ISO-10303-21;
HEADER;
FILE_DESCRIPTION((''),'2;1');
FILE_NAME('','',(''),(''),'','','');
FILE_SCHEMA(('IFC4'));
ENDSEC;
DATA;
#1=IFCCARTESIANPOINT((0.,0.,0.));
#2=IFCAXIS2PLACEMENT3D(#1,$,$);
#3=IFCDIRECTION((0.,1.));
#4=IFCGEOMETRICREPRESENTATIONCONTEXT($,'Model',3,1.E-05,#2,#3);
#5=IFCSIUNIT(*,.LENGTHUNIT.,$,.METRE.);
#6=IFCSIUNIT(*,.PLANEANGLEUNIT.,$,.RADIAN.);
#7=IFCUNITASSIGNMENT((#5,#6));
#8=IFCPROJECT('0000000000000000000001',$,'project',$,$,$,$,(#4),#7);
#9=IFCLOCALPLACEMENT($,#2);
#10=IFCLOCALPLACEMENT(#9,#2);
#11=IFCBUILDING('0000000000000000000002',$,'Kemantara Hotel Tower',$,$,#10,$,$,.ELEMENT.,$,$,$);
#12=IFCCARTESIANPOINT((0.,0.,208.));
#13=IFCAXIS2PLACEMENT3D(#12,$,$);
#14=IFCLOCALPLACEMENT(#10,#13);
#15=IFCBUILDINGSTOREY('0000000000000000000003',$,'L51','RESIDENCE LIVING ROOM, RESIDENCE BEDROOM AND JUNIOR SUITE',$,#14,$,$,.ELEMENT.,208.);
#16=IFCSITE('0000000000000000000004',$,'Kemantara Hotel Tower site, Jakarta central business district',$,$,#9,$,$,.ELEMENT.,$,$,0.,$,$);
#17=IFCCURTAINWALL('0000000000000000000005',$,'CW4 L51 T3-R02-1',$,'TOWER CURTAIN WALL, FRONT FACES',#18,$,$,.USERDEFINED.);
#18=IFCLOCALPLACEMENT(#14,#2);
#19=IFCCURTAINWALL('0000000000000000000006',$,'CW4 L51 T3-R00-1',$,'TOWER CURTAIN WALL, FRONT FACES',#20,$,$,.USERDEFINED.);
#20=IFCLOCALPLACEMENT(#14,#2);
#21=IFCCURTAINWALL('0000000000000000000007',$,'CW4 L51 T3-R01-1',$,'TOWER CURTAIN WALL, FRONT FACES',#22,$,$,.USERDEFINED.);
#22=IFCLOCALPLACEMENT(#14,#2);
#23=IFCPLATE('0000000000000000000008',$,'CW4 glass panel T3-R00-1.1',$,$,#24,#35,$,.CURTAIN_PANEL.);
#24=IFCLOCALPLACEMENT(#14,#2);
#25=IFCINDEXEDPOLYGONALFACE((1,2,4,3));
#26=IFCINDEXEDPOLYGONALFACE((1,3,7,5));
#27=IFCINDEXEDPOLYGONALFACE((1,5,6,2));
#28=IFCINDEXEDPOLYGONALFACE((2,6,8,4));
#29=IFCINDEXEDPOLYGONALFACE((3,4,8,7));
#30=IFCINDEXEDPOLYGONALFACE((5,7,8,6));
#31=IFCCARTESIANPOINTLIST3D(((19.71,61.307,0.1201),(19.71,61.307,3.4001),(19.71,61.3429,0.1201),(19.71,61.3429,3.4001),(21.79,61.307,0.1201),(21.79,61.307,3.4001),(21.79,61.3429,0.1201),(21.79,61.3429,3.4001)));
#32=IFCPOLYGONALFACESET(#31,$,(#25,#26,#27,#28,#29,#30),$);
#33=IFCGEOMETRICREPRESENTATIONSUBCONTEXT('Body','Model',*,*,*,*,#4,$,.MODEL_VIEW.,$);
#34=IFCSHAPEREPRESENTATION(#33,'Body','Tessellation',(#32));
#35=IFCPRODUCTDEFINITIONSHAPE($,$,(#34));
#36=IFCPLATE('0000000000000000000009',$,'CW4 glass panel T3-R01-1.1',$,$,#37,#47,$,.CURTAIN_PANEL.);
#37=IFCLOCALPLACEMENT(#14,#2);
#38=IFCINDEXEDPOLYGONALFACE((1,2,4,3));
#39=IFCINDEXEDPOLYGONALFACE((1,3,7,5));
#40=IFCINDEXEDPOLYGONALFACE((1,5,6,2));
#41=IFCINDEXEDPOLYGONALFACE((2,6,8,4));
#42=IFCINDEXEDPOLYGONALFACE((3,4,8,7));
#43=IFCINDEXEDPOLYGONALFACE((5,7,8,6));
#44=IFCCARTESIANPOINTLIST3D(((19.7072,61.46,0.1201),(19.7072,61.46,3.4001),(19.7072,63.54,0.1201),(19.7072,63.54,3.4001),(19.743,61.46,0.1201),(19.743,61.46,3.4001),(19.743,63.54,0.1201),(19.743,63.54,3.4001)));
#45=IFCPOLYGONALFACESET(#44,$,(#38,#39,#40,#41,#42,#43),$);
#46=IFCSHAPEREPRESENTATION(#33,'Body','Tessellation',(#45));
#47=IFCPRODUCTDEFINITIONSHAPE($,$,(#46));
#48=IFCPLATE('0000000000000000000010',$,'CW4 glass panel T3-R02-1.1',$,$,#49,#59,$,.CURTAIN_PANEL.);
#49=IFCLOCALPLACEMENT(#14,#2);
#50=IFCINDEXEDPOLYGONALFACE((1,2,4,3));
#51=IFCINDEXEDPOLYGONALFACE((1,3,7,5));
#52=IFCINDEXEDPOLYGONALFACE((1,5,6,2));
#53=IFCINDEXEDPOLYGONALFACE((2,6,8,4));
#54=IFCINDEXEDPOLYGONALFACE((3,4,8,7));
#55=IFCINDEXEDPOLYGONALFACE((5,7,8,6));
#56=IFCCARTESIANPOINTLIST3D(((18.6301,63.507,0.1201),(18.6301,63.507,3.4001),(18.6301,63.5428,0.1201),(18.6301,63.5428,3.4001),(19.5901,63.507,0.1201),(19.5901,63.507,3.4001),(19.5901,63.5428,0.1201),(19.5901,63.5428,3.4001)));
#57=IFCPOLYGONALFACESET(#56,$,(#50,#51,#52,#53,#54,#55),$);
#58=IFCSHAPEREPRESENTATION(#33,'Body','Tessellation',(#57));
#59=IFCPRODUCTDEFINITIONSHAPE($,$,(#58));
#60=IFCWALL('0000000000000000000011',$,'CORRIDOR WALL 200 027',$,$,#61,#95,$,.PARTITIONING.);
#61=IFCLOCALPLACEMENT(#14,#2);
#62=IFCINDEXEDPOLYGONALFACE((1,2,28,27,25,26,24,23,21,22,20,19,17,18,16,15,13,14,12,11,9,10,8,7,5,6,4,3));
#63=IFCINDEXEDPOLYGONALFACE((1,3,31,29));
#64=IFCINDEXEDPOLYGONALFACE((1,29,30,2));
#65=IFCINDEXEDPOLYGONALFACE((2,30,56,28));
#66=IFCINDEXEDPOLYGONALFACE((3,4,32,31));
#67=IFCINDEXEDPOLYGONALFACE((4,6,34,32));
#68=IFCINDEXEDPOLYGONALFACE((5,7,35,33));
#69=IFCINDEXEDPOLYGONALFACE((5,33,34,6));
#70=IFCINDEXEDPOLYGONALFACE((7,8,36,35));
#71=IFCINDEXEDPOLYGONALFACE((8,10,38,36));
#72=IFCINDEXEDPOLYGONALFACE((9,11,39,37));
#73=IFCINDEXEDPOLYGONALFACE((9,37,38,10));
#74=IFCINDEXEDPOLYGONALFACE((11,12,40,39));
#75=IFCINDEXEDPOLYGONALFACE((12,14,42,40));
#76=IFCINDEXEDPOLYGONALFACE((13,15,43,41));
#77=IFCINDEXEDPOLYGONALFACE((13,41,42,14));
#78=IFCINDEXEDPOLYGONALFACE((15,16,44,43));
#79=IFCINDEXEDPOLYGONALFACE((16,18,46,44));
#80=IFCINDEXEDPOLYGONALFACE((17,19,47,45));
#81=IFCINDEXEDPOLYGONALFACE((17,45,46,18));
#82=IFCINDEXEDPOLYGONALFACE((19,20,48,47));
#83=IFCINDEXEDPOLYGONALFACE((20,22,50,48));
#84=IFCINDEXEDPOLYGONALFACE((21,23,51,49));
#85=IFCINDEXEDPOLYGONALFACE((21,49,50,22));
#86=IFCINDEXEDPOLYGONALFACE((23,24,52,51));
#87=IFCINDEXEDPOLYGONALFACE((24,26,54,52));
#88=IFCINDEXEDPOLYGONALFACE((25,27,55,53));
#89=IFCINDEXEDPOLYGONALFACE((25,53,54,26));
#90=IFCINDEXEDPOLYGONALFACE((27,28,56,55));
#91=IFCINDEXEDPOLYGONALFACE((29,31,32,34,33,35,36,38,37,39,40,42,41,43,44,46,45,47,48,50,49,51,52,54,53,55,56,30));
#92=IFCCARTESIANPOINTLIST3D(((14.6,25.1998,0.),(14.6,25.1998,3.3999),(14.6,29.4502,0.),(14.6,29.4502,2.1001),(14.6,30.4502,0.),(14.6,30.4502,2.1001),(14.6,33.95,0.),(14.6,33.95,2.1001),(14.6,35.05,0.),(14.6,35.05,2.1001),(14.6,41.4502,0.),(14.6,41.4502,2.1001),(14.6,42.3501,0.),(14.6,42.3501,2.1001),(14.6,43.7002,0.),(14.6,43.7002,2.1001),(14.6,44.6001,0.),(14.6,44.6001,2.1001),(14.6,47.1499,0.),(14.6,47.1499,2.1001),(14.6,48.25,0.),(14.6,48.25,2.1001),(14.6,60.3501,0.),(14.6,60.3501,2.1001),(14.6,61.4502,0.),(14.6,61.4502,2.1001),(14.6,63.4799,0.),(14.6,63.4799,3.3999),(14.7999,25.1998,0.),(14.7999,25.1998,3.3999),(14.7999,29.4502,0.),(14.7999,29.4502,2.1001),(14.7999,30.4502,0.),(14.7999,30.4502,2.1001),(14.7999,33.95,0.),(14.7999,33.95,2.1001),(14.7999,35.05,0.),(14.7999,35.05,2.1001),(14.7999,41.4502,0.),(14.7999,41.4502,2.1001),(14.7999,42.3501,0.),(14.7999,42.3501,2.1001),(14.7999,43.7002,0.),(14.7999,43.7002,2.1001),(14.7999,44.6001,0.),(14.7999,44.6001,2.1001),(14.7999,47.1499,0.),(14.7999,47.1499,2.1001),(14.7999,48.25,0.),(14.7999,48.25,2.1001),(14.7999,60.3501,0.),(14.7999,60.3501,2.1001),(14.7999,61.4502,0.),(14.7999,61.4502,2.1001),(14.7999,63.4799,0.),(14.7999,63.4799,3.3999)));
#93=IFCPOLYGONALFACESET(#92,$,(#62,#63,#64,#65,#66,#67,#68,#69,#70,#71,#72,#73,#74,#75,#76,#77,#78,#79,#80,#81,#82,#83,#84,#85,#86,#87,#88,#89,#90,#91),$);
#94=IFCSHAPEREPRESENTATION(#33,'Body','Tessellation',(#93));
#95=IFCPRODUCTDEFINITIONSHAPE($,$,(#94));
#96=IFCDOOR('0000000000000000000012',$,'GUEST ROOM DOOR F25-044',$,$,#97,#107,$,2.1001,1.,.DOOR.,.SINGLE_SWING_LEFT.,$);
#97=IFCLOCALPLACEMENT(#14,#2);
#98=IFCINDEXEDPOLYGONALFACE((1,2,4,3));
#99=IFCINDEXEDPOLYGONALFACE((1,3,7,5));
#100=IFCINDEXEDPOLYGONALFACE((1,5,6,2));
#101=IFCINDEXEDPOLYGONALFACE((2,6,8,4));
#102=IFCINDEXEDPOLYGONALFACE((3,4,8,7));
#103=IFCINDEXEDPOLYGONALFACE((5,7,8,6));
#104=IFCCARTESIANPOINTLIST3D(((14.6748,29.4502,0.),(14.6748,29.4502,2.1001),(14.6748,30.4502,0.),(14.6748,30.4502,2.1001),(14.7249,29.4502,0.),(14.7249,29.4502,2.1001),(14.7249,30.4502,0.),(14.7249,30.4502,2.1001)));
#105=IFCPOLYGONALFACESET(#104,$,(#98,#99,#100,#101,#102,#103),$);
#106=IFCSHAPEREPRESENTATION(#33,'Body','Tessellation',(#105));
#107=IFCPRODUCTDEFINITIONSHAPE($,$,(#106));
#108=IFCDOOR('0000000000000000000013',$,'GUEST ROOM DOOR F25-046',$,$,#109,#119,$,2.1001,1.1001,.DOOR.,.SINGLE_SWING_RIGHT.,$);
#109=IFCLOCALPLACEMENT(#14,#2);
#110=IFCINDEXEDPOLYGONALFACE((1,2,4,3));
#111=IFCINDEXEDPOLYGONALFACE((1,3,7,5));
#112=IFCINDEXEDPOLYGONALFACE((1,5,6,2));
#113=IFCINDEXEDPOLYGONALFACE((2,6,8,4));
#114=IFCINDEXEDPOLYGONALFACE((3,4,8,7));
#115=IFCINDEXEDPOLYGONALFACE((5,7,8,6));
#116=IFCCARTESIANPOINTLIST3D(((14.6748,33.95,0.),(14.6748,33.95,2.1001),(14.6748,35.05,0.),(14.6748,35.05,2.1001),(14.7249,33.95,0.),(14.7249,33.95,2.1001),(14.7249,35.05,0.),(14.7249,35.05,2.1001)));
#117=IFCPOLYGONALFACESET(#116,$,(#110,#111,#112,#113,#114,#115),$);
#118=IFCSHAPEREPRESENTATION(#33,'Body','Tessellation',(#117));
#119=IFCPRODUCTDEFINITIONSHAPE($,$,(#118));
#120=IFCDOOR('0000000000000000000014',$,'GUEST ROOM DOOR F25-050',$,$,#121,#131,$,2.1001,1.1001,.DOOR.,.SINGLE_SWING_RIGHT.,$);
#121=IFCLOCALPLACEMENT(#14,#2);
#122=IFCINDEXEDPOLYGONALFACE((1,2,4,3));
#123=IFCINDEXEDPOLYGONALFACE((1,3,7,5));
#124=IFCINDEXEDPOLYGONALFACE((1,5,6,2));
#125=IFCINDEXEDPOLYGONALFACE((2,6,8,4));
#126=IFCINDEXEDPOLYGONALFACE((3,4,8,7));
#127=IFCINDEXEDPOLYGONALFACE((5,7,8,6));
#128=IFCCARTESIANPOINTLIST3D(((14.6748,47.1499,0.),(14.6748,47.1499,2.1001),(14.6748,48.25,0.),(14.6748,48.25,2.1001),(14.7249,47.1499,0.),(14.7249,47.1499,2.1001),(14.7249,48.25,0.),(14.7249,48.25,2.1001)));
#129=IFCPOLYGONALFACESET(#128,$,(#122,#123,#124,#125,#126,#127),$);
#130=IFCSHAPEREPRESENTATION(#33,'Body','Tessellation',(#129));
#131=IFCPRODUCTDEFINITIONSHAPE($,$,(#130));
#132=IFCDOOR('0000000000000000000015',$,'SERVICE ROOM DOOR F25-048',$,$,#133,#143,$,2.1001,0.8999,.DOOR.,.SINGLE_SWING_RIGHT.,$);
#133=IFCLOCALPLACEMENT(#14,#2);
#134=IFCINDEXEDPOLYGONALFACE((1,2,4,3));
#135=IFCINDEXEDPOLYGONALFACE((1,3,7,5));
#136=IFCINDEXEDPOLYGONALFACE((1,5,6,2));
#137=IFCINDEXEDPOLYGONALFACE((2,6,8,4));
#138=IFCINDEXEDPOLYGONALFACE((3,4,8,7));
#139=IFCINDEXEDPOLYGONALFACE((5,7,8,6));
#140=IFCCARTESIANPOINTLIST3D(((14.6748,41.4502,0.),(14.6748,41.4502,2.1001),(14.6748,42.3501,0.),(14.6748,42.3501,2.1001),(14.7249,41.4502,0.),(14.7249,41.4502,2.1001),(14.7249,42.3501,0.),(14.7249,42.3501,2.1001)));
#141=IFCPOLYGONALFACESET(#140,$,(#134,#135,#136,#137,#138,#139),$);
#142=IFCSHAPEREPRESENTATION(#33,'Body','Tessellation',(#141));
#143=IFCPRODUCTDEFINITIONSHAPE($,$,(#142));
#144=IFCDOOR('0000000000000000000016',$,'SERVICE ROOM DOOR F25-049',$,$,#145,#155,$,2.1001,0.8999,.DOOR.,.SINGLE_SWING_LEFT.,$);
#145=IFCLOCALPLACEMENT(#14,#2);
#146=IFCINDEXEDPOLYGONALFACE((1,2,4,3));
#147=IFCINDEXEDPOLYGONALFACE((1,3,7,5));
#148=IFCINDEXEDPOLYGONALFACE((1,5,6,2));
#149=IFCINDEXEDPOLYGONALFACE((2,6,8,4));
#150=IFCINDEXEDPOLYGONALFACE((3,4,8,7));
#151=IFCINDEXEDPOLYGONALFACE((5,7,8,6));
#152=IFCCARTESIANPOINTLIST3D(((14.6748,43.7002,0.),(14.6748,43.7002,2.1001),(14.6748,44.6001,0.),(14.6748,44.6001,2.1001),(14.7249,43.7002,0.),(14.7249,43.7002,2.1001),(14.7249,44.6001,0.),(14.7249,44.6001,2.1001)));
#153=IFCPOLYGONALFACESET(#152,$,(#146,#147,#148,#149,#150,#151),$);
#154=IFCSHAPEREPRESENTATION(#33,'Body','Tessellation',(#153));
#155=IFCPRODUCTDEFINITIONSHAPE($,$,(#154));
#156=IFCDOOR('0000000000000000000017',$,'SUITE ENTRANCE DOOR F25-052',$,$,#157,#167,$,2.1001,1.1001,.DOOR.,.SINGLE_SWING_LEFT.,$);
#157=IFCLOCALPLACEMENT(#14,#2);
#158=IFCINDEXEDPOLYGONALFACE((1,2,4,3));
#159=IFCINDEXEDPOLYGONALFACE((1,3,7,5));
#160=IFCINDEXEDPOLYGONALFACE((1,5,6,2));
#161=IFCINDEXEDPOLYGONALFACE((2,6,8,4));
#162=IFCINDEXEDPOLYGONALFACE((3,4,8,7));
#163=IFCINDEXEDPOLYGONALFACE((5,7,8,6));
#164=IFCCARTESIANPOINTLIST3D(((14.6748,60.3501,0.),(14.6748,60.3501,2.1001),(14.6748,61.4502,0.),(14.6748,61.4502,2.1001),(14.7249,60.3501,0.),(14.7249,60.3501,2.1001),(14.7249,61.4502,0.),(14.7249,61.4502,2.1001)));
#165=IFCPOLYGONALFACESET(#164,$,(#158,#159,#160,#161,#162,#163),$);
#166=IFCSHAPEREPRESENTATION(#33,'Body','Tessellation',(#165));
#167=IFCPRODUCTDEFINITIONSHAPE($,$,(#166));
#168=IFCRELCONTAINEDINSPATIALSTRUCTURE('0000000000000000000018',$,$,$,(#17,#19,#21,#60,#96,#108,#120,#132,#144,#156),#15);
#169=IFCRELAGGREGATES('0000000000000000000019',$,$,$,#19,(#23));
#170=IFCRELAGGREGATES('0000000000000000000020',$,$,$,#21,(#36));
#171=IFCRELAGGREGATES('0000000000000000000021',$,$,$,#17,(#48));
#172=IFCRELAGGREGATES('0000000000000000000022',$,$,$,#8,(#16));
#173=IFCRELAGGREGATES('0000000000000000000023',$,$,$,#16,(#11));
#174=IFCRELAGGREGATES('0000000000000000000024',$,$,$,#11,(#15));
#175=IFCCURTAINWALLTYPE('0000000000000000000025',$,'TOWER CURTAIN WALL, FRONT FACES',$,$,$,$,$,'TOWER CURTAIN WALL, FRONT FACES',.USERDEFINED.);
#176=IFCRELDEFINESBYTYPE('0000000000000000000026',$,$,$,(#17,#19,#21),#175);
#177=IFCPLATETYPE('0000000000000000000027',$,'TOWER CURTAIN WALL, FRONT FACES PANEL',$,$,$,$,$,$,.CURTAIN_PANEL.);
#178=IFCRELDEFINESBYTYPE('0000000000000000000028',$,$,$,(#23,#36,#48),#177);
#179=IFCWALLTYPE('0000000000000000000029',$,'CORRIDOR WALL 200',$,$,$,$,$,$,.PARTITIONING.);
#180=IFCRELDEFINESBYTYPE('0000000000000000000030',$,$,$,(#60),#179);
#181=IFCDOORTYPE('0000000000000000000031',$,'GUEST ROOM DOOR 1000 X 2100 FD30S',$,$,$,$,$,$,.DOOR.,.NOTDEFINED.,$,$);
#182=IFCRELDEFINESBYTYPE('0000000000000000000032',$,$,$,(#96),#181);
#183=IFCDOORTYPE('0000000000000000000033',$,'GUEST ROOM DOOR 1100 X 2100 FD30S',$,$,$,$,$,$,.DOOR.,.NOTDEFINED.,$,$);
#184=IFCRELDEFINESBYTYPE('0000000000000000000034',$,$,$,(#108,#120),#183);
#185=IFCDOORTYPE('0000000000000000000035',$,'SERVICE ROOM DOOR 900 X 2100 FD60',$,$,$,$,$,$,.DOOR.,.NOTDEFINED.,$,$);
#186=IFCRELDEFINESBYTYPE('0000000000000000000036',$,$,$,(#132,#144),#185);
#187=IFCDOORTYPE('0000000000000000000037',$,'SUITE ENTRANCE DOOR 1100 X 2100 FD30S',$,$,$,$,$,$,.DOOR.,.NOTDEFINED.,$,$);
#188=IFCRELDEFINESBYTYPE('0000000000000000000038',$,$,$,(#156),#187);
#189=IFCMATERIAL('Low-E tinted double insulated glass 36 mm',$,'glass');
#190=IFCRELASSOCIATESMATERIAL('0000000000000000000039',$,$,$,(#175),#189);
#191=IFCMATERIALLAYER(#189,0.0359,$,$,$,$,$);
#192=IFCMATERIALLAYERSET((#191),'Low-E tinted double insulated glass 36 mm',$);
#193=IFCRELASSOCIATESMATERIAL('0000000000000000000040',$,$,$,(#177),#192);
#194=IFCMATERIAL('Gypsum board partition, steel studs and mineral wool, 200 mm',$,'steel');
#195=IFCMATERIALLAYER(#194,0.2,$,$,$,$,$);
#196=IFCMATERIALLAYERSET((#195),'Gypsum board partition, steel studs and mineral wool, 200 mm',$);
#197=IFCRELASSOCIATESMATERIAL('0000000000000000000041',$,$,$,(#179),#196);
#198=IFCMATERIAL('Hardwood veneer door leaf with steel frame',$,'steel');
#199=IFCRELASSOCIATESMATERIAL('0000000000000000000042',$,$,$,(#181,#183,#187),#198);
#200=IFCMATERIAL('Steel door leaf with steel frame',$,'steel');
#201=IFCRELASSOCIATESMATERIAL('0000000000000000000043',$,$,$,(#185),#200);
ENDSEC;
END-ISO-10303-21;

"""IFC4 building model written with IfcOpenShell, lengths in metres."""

from ifc_helpers import new_model, si_unit, direction, frame, frame_2d, origin, origin_2d, place, context, subcontext, project, spatial, rectangle, extrude, source, transform, mapped, material, layer, layer_set, type_object, element, fill, aggregate, save


model = new_model("IFC4")

# Units and contexts
model_context = context("Model", 3, precision=1e-05, world=origin(), true_north=direction((0.0, 1.0)))
body_context = subcontext(model_context, "Body", "Model", "MODEL_VIEW")
ifc_project = project(units=[si_unit("LENGTHUNIT", "METRE"), si_unit("PLANEANGLEUNIT", "RADIAN")], contexts=[model_context])

# Site, building, storey
site_placement = place(None, origin())
site = spatial("IfcSite", under=ifc_project, at=site_placement, Name="Kemantara Hotel Tower site, Jakarta central business district", CompositionType="ELEMENT", RefElevation=0.0)
building_placement = place(site_placement, origin())
building = spatial("IfcBuilding", under=site, at=building_placement, Name="Kemantara Hotel Tower", CompositionType="ELEMENT")
storey_placement = place(building_placement, frame((0.0, 0.0, 208.0)))
storey = spatial("IfcBuildingStorey", under=building, at=storey_placement, Name="L51", Description="RESIDENCE LIVING ROOM, RESIDENCE BEDROOM AND JUNIOR SUITE", CompositionType="ELEMENT", Elevation=208.0)

# Curtain walls
ifc_material_1 = material(Name="Low-E tinted double insulated glass 36 mm", Category="glass")
curtain_wall_type = type_object("IfcCurtainWallType", Name="TOWER CURTAIN WALL, FRONT FACES", ElementType="TOWER CURTAIN WALL, FRONT FACES", PredefinedType="USERDEFINED", material=ifc_material_1)
curtain_wall_1_placement = place(storey_placement, origin())
curtain_wall_1 = element("IfcCurtainWall", 1, at=curtain_wall_1_placement, inside=storey, type_object=curtain_wall_type, Name="CW4 L51 T3-R02-1", ObjectType="TOWER CURTAIN WALL, FRONT FACES", PredefinedType="USERDEFINED")
curtain_wall_2_placement = place(storey_placement, origin())
curtain_wall_2 = element("IfcCurtainWall", 2, at=curtain_wall_2_placement, inside=storey, type_object=curtain_wall_type, Name="CW4 L51 T3-R00-1", ObjectType="TOWER CURTAIN WALL, FRONT FACES", PredefinedType="USERDEFINED")
curtain_wall_3_placement = place(storey_placement, origin())
curtain_wall_3 = element("IfcCurtainWall", 3, at=curtain_wall_3_placement, inside=storey, type_object=curtain_wall_type, Name="CW4 L51 T3-R01-1", ObjectType="TOWER CURTAIN WALL, FRONT FACES", PredefinedType="USERDEFINED")

# Plates
ifc_layer_1 = layer(ifc_material_1, 0.0359)
ifc_layer_set_1 = layer_set([ifc_layer_1], Name="Low-E tinted double insulated glass 36 mm")
plate_type = type_object("IfcPlateType", Name="TOWER CURTAIN WALL, FRONT FACES PANEL", PredefinedType="CURTAIN_PANEL", material=ifc_layer_set_1)
shared_shape_1 = source(origin(), body_context, "Body", "SweptSolid", [
    extrude(rectangle(XDim=2.0801, YDim=0.0359, at=origin_2d()), origin(), (0.0, 0.0, 1.0), 3.28),
])
plate_1_placement = place(storey_placement, frame((20.75, 61.325, 0.1201), z_axis=(0.0, 0.0, 1.0), x_axis=(-1.0, 0.0, 0.0)))
plate_1 = element("IfcPlate", 4, at=plate_1_placement, type_object=plate_type, Name="CW4 glass panel T3-R00-1.1", PredefinedType="CURTAIN_PANEL", context=body_context, shape_type="MappedRepresentation", body=[
    mapped(shared_shape_1, transform((0.0, 0.0, 0.0))),
])
aggregate(curtain_wall_2, [plate_1])
plate_2_placement = place(storey_placement, frame((19.7251, 62.5, 0.1201), z_axis=(0.0, 0.0, 1.0), x_axis=(0.0, 1.0, 0.0)))
plate_2 = element("IfcPlate", 5, at=plate_2_placement, type_object=plate_type, Name="CW4 glass panel T3-R01-1.1", PredefinedType="CURTAIN_PANEL", context=body_context, shape_type="MappedRepresentation", body=[
    mapped(shared_shape_1, transform((0.0, 0.0, 0.0))),
])
aggregate(curtain_wall_3, [plate_2])
shared_shape_2 = source(origin(), body_context, "Body", "SweptSolid", [
    extrude(rectangle(XDim=0.96, YDim=0.0359, at=origin_2d()), origin(), (0.0, 0.0, 1.0), 3.28),
])
plate_3_placement = place(storey_placement, frame((19.1101, 63.5249, 0.1201), z_axis=(0.0, 0.0, 1.0), x_axis=(-1.0, 0.0, 0.0)))
plate_3 = element("IfcPlate", 6, at=plate_3_placement, type_object=plate_type, Name="CW4 glass panel T3-R02-1.1", PredefinedType="CURTAIN_PANEL", context=body_context, shape_type="MappedRepresentation", body=[
    mapped(shared_shape_2, transform((0.0, 0.0, 0.0))),
])
aggregate(curtain_wall_1, [plate_3])

# Wall, openings, doors
ifc_material_2 = material(Name="Gypsum board partition, steel studs and mineral wool, 200 mm", Category="steel")
ifc_layer_2 = layer(ifc_material_2, 0.2)
ifc_layer_set_2 = layer_set([ifc_layer_2], Name="Gypsum board partition, steel studs and mineral wool, 200 mm")
wall_type = type_object("IfcWallType", Name="CORRIDOR WALL 200", PredefinedType="PARTITIONING", material=ifc_layer_set_2)
wall_placement = place(storey_placement, frame((14.7, 63.48, 0.0), z_axis=(0.0, 0.0, 1.0), x_axis=(0.0, -1.0, 0.0)))
wall = element("IfcWall", 7, at=wall_placement, inside=storey, type_object=wall_type, Name="CORRIDOR WALL 200 027", PredefinedType="PARTITIONING", context=body_context, shape_type="SweptSolid", body=[
    extrude(rectangle(XDim=38.28, YDim=0.2, at=frame_2d((19.1401, 0.0))), origin(), (0.0, 0.0, 1.0), 3.3999),
])
opening_1_placement = place(wall_placement, frame((33.0298, 0.0, 0.0)))
opening_1 = element("IfcOpeningElement", 8, at=opening_1_placement, cuts=wall, PredefinedType="OPENING", context=body_context, shape_type="SweptSolid", body=[
    extrude(rectangle(XDim=1.0, YDim=2.1001, at=frame_2d((0.5, 1.05))), frame((0.0, 0.1099, 0.0), z_axis=(0.0, -1.0, 0.0), x_axis=(1.0, 0.0, 0.0)), (0.0, 0.0, 1.0), 0.22),
])
opening_2_placement = place(wall_placement, frame((28.4299, 0.0, 0.0)))
opening_2 = element("IfcOpeningElement", 9, at=opening_2_placement, cuts=wall, PredefinedType="OPENING", context=body_context, shape_type="SweptSolid", body=[
    extrude(rectangle(XDim=1.1001, YDim=2.1001, at=frame_2d((0.55, 1.05))), frame((0.0, 0.1099, 0.0), z_axis=(0.0, -1.0, 0.0), x_axis=(1.0, 0.0, 0.0)), (0.0, 0.0, 1.0), 0.22),
])
opening_3_placement = place(wall_placement, frame((21.1299, 0.0, 0.0)))
opening_3 = element("IfcOpeningElement", 10, at=opening_3_placement, cuts=wall, PredefinedType="OPENING", context=body_context, shape_type="SweptSolid", body=[
    extrude(rectangle(XDim=0.8999, YDim=2.1001, at=frame_2d((0.45, 1.05))), frame((0.0, 0.1099, 0.0), z_axis=(0.0, -1.0, 0.0), x_axis=(1.0, 0.0, 0.0)), (0.0, 0.0, 1.0), 0.22),
])
opening_4_placement = place(wall_placement, frame((18.8799, 0.0, 0.0)))
opening_4 = element("IfcOpeningElement", 11, at=opening_4_placement, cuts=wall, PredefinedType="OPENING", context=body_context, shape_type="SweptSolid", body=[
    extrude(rectangle(XDim=0.8999, YDim=2.1001, at=frame_2d((0.45, 1.05))), frame((0.0, 0.1099, 0.0), z_axis=(0.0, -1.0, 0.0), x_axis=(1.0, 0.0, 0.0)), (0.0, 0.0, 1.0), 0.22),
])
opening_5_placement = place(wall_placement, frame((15.23, 0.0, 0.0)))
opening_5 = element("IfcOpeningElement", 12, at=opening_5_placement, cuts=wall, PredefinedType="OPENING", context=body_context, shape_type="SweptSolid", body=[
    extrude(rectangle(XDim=1.1001, YDim=2.1001, at=frame_2d((0.55, 1.05))), frame((0.0, 0.1099, 0.0), z_axis=(0.0, -1.0, 0.0), x_axis=(1.0, 0.0, 0.0)), (0.0, 0.0, 1.0), 0.22),
])
opening_6_placement = place(wall_placement, frame((2.0298, 0.0, 0.0)))
opening_6 = element("IfcOpeningElement", 13, at=opening_6_placement, cuts=wall, PredefinedType="OPENING", context=body_context, shape_type="SweptSolid", body=[
    extrude(rectangle(XDim=1.1001, YDim=2.1001, at=frame_2d((0.55, 1.05))), frame((0.0, 0.1099, 0.0), z_axis=(0.0, -1.0, 0.0), x_axis=(1.0, 0.0, 0.0)), (0.0, 0.0, 1.0), 0.22),
])
ifc_material_3 = material(Name="Hardwood veneer door leaf with steel frame", Category="steel")
door_type_1 = type_object("IfcDoorType", Name="GUEST ROOM DOOR 1000 X 2100 FD30S", OperationType="NOTDEFINED", PredefinedType="DOOR", material=ifc_material_3)
door_1_placement = place(opening_1_placement, origin())
door_1 = element("IfcDoor", 14, at=door_1_placement, inside=storey, type_object=door_type_1, Name="GUEST ROOM DOOR F25-044", OperationType="SINGLE_SWING_LEFT", OverallHeight=2.1001, OverallWidth=1.0, PredefinedType="DOOR", context=body_context, shape_type="SweptSolid", body=[
    extrude(rectangle(XDim=1.0, YDim=2.1001, at=frame_2d((0.5, 1.05))), frame((0.0, 0.0249, 0.0), z_axis=(0.0, -1.0, 0.0), x_axis=(1.0, 0.0, 0.0)), (0.0, 0.0, 1.0), 0.05),
])
fill(opening_1, door_1)
door_type_2 = type_object("IfcDoorType", Name="GUEST ROOM DOOR 1100 X 2100 FD30S", OperationType="NOTDEFINED", PredefinedType="DOOR", material=ifc_material_3)
door_2_placement = place(opening_2_placement, origin())
door_2 = element("IfcDoor", 15, at=door_2_placement, inside=storey, type_object=door_type_2, Name="GUEST ROOM DOOR F25-046", OperationType="SINGLE_SWING_RIGHT", OverallHeight=2.1001, OverallWidth=1.1001, PredefinedType="DOOR", context=body_context, shape_type="SweptSolid", body=[
    extrude(rectangle(XDim=1.1001, YDim=2.1001, at=frame_2d((0.55, 1.05))), frame((0.0, 0.0249, 0.0), z_axis=(0.0, -1.0, 0.0), x_axis=(1.0, 0.0, 0.0)), (0.0, 0.0, 1.0), 0.05),
])
fill(opening_2, door_2)
door_3_placement = place(opening_5_placement, origin())
door_3 = element("IfcDoor", 16, at=door_3_placement, inside=storey, type_object=door_type_2, Name="GUEST ROOM DOOR F25-050", OperationType="SINGLE_SWING_RIGHT", OverallHeight=2.1001, OverallWidth=1.1001, PredefinedType="DOOR", context=body_context, shape_type="SweptSolid", body=[
    extrude(rectangle(XDim=1.1001, YDim=2.1001, at=frame_2d((0.55, 1.05))), frame((0.0, 0.0249, 0.0), z_axis=(0.0, -1.0, 0.0), x_axis=(1.0, 0.0, 0.0)), (0.0, 0.0, 1.0), 0.05),
])
fill(opening_5, door_3)
ifc_material_4 = material(Name="Steel door leaf with steel frame", Category="steel")
door_type_3 = type_object("IfcDoorType", Name="SERVICE ROOM DOOR 900 X 2100 FD60", OperationType="NOTDEFINED", PredefinedType="DOOR", material=ifc_material_4)
door_4_placement = place(opening_3_placement, origin())
door_4 = element("IfcDoor", 17, at=door_4_placement, inside=storey, type_object=door_type_3, Name="SERVICE ROOM DOOR F25-048", OperationType="SINGLE_SWING_RIGHT", OverallHeight=2.1001, OverallWidth=0.8999, PredefinedType="DOOR", context=body_context, shape_type="SweptSolid", body=[
    extrude(rectangle(XDim=0.8999, YDim=2.1001, at=frame_2d((0.45, 1.05))), frame((0.0, 0.0249, 0.0), z_axis=(0.0, -1.0, 0.0), x_axis=(1.0, 0.0, 0.0)), (0.0, 0.0, 1.0), 0.05),
])
fill(opening_3, door_4)
door_5_placement = place(opening_4_placement, origin())
door_5 = element("IfcDoor", 18, at=door_5_placement, inside=storey, type_object=door_type_3, Name="SERVICE ROOM DOOR F25-049", OperationType="SINGLE_SWING_LEFT", OverallHeight=2.1001, OverallWidth=0.8999, PredefinedType="DOOR", context=body_context, shape_type="SweptSolid", body=[
    extrude(rectangle(XDim=0.8999, YDim=2.1001, at=frame_2d((0.45, 1.05))), frame((0.0, 0.0249, 0.0), z_axis=(0.0, -1.0, 0.0), x_axis=(1.0, 0.0, 0.0)), (0.0, 0.0, 1.0), 0.05),
])
fill(opening_4, door_5)
door_type_4 = type_object("IfcDoorType", Name="SUITE ENTRANCE DOOR 1100 X 2100 FD30S", OperationType="NOTDEFINED", PredefinedType="DOOR", material=ifc_material_3)
door_6_placement = place(opening_6_placement, origin())
door_6 = element("IfcDoor", 19, at=door_6_placement, inside=storey, type_object=door_type_4, Name="SUITE ENTRANCE DOOR F25-052", OperationType="SINGLE_SWING_LEFT", OverallHeight=2.1001, OverallWidth=1.1001, PredefinedType="DOOR", context=body_context, shape_type="SweptSolid", body=[
    extrude(rectangle(XDim=1.1001, YDim=2.1001, at=frame_2d((0.55, 1.05))), frame((0.0, 0.0249, 0.0), z_axis=(0.0, -1.0, 0.0), x_axis=(1.0, 0.0, 0.0)), (0.0, 0.0, 1.0), 0.05),
])
fill(opening_6, door_6)

save(model, "model.ifc")
